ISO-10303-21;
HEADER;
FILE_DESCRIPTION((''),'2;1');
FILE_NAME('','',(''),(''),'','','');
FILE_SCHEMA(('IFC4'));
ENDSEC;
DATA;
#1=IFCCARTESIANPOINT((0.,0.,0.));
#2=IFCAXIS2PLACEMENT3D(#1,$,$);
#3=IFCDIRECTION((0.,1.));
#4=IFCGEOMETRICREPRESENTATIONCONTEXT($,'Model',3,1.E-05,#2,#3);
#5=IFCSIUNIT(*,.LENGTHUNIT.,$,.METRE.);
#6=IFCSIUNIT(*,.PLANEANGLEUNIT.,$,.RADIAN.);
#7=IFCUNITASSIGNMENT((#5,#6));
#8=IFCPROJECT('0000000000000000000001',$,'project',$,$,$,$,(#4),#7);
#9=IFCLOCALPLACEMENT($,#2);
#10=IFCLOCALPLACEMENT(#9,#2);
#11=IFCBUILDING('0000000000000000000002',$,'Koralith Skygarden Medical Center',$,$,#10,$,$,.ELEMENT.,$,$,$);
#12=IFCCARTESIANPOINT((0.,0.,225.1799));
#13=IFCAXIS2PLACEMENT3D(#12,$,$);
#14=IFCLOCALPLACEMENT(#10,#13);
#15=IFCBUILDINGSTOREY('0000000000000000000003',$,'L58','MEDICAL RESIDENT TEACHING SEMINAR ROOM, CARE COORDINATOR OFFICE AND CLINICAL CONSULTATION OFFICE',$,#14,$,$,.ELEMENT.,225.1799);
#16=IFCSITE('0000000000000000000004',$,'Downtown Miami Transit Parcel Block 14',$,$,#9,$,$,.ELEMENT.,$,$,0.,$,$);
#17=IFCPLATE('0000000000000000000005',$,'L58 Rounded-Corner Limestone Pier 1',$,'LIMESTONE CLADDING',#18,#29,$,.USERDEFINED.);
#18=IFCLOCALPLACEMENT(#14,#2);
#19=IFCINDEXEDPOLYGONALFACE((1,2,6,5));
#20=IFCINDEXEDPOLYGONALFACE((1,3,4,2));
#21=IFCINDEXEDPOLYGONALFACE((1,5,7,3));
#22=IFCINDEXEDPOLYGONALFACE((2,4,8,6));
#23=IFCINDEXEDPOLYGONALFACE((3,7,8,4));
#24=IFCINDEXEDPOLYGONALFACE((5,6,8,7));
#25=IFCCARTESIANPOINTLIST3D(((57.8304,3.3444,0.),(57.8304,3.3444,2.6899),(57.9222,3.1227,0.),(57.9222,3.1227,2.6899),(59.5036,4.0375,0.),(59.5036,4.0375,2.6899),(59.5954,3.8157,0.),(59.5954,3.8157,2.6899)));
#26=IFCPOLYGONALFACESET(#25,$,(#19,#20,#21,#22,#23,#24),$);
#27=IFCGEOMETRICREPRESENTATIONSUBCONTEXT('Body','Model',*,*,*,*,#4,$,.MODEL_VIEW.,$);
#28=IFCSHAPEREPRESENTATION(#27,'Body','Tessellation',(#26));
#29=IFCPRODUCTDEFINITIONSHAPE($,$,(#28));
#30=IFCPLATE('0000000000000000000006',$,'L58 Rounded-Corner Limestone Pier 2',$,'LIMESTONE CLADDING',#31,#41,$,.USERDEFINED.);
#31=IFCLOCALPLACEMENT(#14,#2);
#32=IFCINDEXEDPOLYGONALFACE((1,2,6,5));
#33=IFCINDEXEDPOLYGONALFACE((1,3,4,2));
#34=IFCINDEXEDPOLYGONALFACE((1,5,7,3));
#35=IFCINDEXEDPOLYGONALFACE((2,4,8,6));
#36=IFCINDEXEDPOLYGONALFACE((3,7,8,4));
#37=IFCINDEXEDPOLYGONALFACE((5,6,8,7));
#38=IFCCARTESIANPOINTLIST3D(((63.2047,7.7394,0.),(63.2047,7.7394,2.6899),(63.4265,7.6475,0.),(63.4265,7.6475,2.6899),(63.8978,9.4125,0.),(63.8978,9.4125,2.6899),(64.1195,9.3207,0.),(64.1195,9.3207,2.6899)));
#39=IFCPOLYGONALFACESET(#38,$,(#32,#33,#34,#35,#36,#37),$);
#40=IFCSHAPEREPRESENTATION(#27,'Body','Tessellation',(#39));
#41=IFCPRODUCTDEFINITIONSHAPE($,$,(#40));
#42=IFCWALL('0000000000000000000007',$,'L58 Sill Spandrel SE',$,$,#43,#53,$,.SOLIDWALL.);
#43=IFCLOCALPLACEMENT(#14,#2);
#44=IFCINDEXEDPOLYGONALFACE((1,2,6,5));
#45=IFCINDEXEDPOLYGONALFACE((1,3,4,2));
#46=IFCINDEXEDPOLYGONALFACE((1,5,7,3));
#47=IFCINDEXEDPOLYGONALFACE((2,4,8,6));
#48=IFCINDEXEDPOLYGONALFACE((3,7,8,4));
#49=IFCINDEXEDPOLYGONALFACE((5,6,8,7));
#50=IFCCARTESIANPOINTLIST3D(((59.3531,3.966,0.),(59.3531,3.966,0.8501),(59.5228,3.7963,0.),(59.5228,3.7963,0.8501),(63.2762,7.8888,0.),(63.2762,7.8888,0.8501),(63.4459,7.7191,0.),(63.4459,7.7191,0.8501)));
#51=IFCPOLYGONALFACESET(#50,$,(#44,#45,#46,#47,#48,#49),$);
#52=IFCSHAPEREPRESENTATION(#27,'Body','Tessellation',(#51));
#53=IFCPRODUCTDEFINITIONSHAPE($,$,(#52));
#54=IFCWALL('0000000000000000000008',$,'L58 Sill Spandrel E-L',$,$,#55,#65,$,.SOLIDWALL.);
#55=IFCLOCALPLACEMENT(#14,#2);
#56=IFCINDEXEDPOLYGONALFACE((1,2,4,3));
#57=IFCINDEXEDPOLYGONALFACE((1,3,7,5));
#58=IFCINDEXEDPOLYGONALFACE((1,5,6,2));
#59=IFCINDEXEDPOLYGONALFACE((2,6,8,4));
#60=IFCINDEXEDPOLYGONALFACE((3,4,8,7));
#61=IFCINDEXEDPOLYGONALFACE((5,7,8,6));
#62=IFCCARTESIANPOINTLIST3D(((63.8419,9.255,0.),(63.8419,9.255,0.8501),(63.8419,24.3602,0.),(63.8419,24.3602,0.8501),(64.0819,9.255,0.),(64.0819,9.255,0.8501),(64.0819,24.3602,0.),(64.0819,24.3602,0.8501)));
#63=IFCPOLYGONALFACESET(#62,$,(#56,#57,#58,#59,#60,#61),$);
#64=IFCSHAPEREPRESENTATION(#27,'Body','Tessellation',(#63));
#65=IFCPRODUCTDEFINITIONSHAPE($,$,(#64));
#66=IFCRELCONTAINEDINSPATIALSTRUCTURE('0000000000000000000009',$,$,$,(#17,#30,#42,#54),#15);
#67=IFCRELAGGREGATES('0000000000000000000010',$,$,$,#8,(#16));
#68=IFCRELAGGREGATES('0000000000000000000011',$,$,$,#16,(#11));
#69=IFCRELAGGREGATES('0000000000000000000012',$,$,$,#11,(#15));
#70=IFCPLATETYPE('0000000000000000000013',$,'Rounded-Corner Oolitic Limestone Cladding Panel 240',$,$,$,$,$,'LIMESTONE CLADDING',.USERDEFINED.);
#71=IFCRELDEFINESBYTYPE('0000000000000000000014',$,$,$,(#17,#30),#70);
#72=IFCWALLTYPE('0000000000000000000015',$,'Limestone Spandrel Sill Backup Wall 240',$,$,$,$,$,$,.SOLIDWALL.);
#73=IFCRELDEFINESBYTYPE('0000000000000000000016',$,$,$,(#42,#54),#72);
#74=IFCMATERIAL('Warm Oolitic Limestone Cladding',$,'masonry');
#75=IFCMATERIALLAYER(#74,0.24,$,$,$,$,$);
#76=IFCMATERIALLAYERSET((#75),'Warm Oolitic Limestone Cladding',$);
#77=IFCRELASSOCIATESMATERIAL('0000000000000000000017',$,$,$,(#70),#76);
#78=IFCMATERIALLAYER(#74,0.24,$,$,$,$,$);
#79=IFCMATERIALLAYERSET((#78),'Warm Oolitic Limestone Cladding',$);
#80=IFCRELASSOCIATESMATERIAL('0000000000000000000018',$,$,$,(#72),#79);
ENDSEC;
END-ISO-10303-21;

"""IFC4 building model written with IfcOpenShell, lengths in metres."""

from ifc_helpers import new_model, si_unit, direction, frame, frame_2d, origin, origin_2d, place, context, subcontext, project, spatial, rectangle, extrude, material, layer, layer_set, type_object, element, save


model = new_model("IFC4")

# Units and contexts
model_context = context("Model", 3, precision=1e-05, world=origin(), true_north=direction((0.0, 1.0)))
body_context = subcontext(model_context, "Body", "Model", "MODEL_VIEW")
ifc_project = project(units=[si_unit("LENGTHUNIT", "METRE"), si_unit("PLANEANGLEUNIT", "RADIAN")], contexts=[model_context])

# Site, building, storey
site_placement = place(None, origin())
site = spatial("IfcSite", under=ifc_project, at=site_placement, Name="Downtown Miami Transit Parcel Block 14", CompositionType="ELEMENT", RefElevation=0.0)
building_placement = place(site_placement, origin())
building = spatial("IfcBuilding", under=site, at=building_placement, Name="Koralith Skygarden Medical Center", CompositionType="ELEMENT")
storey_placement = place(building_placement, frame((0.0, 0.0, 225.1799)))
storey = spatial("IfcBuildingStorey", under=building, at=storey_placement, Name="L58", Description="MEDICAL RESIDENT TEACHING SEMINAR ROOM, CARE COORDINATOR OFFICE AND CLINICAL CONSULTATION OFFICE", CompositionType="ELEMENT", Elevation=225.1799)

# Plates
ifc_material_1 = material(Name="Warm Oolitic Limestone Cladding", Category="masonry")
ifc_layer_1 = layer(ifc_material_1, 0.24)
ifc_layer_set_1 = layer_set([ifc_layer_1], Name="Warm Oolitic Limestone Cladding")
plate_type_1 = type_object("IfcPlateType", Name="Rounded-Corner Oolitic Limestone Cladding Panel 240", ElementType="LIMESTONE CLADDING", PredefinedType="USERDEFINED", material=ifc_layer_set_1)
for number, where, z_axis, x_axis, name in (
    (1, (58.7129, 3.5801, 0.0), (0.0, 0.0, 1.0), (0.923885, 0.382671, 0.0), "L58 Rounded-Corner Limestone Pier 1"),
    (2, (63.6621, 8.53, 0.0), (0.0, 0.0, 1.0), (0.382671, 0.923885, 0.0), "L58 Rounded-Corner Limestone Pier 2"),
):
    element("IfcPlate", number, at=place(storey_placement, frame(where, z_axis=z_axis, x_axis=x_axis)), inside=storey, type_object=plate_type_1, Name=name, ObjectType="LIMESTONE CLADDING", PredefinedType="USERDEFINED", context=body_context, shape_type="SweptSolid", body=[
        extrude(rectangle(XDim=1.811, YDim=0.24, at=origin_2d()), origin(), (0.0, 0.0, 1.0), 2.6899),
    ])

# Walls
ifc_layer_2 = layer(ifc_material_1, 0.24)
ifc_layer_set_2 = layer_set([ifc_layer_2], Name="Warm Oolitic Limestone Cladding")
wall_type = type_object("IfcWallType", Name="Limestone Spandrel Sill Backup Wall 240", PredefinedType="SOLIDWALL", material=ifc_layer_set_2)
wall_1_placement = place(storey_placement, frame((59.438, 3.8811, 0.0), z_axis=(0.0, 0.0, 1.0), x_axis=(0.707129, 0.707085, 0.0)))
element("IfcWall", 3, at=wall_1_placement, inside=storey, type_object=wall_type, Name="L58 Sill Spandrel SE", PredefinedType="SOLIDWALL", context=body_context, shape_type="SweptSolid", body=[
    extrude(rectangle(XDim=5.5479, YDim=0.24, at=frame_2d((2.7739, 0.0))), origin(), (0.0, 0.0, 1.0), 0.8501),
])
wall_2_placement = place(storey_placement, frame((63.9619, 9.2549, 0.0), z_axis=(0.0, 0.0, 1.0), x_axis=(0.0, 1.0, 0.0)))
element("IfcWall", 4, at=wall_2_placement, inside=storey, type_object=wall_type, Name="L58 Sill Spandrel E-L", PredefinedType="SOLIDWALL", context=body_context, shape_type="SweptSolid", body=[
    extrude(rectangle(XDim=15.1052, YDim=0.24, at=frame_2d((7.5527, 0.0))), origin(), (0.0, 0.0, 1.0), 0.8501),
])

save(model, "model.ifc")
